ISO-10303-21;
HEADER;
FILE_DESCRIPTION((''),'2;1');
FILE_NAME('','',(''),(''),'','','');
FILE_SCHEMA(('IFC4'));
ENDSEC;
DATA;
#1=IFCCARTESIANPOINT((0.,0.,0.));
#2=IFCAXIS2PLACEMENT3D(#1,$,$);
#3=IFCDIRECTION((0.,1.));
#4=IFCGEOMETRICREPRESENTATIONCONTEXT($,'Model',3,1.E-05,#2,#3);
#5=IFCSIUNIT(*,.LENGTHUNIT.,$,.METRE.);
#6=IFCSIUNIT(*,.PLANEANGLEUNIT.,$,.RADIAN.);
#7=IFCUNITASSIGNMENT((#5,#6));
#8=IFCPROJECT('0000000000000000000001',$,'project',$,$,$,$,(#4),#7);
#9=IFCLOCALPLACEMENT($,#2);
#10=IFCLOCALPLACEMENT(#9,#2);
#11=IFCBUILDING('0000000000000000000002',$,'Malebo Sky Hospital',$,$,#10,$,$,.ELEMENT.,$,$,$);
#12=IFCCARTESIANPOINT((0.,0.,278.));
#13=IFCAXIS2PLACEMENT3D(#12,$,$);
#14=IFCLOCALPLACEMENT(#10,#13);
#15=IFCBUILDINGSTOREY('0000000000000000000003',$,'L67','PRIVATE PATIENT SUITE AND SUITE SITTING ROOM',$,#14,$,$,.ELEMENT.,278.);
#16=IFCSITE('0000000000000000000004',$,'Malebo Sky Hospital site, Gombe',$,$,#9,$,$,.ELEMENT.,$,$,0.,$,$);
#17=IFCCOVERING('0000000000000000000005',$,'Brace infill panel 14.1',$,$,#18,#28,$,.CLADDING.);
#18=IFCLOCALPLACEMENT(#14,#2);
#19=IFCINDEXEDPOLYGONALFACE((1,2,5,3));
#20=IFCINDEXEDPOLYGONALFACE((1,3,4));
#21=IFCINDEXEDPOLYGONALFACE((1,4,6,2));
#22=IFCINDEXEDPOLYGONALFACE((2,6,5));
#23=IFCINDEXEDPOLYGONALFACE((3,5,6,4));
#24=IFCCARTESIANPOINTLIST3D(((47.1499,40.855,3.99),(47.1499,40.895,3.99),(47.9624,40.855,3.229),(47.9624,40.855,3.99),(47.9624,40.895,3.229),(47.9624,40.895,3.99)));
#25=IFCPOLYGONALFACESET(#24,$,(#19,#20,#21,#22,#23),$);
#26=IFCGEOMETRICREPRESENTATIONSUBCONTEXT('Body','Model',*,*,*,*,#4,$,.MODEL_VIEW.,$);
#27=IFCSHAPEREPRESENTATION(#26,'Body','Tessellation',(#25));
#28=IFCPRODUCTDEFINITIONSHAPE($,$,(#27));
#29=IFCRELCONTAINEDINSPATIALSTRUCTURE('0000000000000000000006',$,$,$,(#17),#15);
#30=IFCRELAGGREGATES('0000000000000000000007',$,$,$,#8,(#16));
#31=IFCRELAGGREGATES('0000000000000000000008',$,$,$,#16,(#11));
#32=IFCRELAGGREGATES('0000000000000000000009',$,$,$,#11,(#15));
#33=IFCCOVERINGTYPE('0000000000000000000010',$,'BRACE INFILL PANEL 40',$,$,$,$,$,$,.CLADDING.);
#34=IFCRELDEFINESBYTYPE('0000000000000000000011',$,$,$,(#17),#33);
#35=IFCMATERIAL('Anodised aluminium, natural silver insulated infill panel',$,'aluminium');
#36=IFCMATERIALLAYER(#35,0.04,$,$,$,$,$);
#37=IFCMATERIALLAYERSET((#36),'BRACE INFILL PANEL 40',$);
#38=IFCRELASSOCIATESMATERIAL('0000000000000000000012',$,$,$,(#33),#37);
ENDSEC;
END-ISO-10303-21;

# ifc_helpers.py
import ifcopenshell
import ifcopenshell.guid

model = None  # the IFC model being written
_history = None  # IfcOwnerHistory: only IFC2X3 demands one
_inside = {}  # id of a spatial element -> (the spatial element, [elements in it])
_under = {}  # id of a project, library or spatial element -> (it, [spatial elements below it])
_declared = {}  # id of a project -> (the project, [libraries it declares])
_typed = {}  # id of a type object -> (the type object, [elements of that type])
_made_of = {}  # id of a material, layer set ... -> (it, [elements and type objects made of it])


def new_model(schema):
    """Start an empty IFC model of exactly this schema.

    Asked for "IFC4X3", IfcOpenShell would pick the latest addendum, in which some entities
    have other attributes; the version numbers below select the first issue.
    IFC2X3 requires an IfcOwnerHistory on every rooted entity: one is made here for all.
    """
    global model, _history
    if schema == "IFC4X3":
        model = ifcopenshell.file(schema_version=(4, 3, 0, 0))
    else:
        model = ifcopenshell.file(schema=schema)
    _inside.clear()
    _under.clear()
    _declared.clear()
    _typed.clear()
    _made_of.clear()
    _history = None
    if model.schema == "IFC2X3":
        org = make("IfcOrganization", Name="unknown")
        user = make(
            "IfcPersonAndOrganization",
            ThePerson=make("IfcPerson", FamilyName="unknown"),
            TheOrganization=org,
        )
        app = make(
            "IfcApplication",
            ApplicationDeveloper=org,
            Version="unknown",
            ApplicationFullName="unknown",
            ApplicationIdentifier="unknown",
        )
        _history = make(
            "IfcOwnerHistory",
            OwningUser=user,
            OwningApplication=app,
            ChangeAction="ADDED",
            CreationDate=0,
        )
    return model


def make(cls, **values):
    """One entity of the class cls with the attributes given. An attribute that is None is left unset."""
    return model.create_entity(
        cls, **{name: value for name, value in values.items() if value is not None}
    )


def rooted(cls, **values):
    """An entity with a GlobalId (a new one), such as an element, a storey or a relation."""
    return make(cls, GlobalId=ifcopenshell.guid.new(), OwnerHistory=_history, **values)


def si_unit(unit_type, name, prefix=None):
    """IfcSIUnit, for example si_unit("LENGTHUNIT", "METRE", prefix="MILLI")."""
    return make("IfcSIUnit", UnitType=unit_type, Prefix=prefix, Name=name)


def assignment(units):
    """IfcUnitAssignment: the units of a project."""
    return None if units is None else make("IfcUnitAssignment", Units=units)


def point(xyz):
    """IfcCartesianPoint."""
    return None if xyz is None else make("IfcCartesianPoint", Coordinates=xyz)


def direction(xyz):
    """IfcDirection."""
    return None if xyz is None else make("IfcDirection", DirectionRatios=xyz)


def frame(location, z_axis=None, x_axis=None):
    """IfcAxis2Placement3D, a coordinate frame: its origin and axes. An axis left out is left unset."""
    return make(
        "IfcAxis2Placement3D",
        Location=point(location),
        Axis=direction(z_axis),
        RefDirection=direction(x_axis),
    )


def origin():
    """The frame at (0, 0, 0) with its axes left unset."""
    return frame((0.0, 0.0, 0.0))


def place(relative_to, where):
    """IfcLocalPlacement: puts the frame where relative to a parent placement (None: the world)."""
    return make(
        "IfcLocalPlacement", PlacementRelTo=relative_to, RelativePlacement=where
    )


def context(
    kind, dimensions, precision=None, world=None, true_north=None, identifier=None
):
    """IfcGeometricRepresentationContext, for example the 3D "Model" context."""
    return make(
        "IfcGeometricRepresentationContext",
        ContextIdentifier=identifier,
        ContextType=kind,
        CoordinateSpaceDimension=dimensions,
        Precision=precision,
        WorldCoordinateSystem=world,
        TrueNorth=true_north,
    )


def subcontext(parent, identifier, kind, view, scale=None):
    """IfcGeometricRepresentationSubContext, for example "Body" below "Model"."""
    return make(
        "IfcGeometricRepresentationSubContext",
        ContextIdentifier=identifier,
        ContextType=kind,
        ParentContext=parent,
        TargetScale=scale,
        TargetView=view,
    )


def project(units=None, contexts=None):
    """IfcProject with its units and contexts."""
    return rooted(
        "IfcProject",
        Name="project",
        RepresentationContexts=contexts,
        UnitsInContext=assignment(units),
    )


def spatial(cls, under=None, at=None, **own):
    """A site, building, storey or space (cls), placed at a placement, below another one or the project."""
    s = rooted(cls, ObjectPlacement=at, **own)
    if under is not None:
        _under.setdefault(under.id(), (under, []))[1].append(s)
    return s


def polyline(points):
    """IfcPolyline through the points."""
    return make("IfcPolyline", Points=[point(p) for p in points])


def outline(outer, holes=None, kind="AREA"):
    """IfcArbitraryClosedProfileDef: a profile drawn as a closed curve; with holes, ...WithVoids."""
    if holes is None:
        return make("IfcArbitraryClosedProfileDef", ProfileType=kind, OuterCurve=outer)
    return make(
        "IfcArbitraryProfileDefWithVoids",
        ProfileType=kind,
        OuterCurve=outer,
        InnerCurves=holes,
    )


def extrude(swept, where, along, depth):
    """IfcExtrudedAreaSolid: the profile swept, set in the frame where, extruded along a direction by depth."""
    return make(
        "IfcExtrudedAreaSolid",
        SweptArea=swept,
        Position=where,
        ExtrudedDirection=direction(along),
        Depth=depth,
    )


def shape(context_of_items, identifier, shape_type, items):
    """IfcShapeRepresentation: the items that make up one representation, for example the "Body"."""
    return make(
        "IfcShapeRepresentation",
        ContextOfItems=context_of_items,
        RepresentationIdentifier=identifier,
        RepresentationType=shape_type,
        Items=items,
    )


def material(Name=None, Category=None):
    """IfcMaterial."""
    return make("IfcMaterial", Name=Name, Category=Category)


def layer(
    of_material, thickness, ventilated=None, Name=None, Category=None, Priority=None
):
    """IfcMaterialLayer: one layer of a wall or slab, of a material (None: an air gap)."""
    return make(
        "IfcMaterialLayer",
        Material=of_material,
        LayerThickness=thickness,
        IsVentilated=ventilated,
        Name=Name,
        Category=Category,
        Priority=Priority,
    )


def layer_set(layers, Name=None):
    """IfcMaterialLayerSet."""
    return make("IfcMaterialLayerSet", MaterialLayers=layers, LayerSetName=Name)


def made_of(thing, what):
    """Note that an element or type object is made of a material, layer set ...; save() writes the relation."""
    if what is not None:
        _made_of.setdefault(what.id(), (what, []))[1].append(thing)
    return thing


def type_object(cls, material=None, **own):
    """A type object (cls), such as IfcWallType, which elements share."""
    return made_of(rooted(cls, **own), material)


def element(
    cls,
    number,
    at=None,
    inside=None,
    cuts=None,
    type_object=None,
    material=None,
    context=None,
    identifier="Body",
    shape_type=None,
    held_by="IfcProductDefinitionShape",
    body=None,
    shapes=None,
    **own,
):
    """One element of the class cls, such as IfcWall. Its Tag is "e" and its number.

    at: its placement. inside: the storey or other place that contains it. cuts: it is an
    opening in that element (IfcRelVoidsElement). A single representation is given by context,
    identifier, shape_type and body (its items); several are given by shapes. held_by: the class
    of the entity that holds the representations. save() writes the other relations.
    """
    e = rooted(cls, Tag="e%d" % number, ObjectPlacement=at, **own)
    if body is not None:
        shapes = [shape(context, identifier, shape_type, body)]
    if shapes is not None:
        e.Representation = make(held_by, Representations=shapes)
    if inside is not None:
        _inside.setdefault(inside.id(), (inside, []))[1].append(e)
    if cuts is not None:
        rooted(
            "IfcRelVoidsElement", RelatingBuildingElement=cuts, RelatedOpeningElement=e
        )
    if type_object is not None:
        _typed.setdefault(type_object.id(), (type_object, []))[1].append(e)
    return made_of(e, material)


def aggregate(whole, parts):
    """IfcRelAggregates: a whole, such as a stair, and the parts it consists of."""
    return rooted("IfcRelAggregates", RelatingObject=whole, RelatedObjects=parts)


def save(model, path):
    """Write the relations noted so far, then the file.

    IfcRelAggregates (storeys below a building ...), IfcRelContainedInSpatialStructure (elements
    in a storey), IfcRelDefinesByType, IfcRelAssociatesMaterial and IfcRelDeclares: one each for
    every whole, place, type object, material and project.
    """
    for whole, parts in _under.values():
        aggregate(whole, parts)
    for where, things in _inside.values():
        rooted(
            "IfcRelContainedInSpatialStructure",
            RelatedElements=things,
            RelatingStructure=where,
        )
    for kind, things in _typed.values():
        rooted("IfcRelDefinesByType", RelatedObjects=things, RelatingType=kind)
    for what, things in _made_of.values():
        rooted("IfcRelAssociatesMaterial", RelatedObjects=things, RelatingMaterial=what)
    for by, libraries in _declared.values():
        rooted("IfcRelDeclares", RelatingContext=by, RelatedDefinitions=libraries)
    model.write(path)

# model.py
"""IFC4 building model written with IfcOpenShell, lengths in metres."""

from ifc_helpers import new_model, si_unit, direction, frame, origin, place, context, subcontext, project, spatial, polyline, outline, extrude, material, layer, layer_set, type_object, element, save


model = new_model("IFC4")

# Units and contexts
model_context = context("Model", 3, precision=1e-05, world=origin(), true_north=direction((0.0, 1.0)))
body_context = subcontext(model_context, "Body", "Model", "MODEL_VIEW")
ifc_project = project(units=[si_unit("LENGTHUNIT", "METRE"), si_unit("PLANEANGLEUNIT", "RADIAN")], contexts=[model_context])

# Site, building, storey
site_placement = place(None, origin())
site = spatial("IfcSite", under=ifc_project, at=site_placement, Name="Malebo Sky Hospital site, Gombe", CompositionType="ELEMENT", RefElevation=0.0)
building_placement = place(site_placement, origin())
building = spatial("IfcBuilding", under=site, at=building_placement, Name="Malebo Sky Hospital", CompositionType="ELEMENT")
storey_placement = place(building_placement, frame((0.0, 0.0, 278.0)))
storey = spatial("IfcBuildingStorey", under=building, at=storey_placement, Name="L67", Description="PRIVATE PATIENT SUITE AND SUITE SITTING ROOM", CompositionType="ELEMENT", Elevation=278.0)

# Covering
ifc_material_1 = material(Name="Anodised aluminium, natural silver insulated infill panel", Category="aluminium")
ifc_layer_1 = layer(ifc_material_1, 0.04)
ifc_layer_set_1 = layer_set([ifc_layer_1], Name="BRACE INFILL PANEL 40")
covering_type = type_object("IfcCoveringType", Name="BRACE INFILL PANEL 40", PredefinedType="CLADDING", material=ifc_layer_set_1)
covering_1_placement = place(storey_placement, frame((47.5562, 40.875, 3.229), z_axis=(0.0, 0.0, 1.0), x_axis=(-1.0, 0.0, 0.0)))
element("IfcCovering", 1, at=covering_1_placement, inside=storey, type_object=covering_type, Name="Brace infill panel 14.1", PredefinedType="CLADDING", context=body_context, shape_type="SweptSolid", body=[
    extrude(outline(polyline([(-0.4062, 0.0), (0.4062, 0.761), (-0.4062, 0.761), (-0.4062, 0.0)])), frame((0.0, 0.02, 0.0), z_axis=(0.0, -1.0, 0.0), x_axis=(1.0, 0.0, 0.0)), (0.0, 0.0, 1.0), 0.04),
])

save(model, "model.ifc")
